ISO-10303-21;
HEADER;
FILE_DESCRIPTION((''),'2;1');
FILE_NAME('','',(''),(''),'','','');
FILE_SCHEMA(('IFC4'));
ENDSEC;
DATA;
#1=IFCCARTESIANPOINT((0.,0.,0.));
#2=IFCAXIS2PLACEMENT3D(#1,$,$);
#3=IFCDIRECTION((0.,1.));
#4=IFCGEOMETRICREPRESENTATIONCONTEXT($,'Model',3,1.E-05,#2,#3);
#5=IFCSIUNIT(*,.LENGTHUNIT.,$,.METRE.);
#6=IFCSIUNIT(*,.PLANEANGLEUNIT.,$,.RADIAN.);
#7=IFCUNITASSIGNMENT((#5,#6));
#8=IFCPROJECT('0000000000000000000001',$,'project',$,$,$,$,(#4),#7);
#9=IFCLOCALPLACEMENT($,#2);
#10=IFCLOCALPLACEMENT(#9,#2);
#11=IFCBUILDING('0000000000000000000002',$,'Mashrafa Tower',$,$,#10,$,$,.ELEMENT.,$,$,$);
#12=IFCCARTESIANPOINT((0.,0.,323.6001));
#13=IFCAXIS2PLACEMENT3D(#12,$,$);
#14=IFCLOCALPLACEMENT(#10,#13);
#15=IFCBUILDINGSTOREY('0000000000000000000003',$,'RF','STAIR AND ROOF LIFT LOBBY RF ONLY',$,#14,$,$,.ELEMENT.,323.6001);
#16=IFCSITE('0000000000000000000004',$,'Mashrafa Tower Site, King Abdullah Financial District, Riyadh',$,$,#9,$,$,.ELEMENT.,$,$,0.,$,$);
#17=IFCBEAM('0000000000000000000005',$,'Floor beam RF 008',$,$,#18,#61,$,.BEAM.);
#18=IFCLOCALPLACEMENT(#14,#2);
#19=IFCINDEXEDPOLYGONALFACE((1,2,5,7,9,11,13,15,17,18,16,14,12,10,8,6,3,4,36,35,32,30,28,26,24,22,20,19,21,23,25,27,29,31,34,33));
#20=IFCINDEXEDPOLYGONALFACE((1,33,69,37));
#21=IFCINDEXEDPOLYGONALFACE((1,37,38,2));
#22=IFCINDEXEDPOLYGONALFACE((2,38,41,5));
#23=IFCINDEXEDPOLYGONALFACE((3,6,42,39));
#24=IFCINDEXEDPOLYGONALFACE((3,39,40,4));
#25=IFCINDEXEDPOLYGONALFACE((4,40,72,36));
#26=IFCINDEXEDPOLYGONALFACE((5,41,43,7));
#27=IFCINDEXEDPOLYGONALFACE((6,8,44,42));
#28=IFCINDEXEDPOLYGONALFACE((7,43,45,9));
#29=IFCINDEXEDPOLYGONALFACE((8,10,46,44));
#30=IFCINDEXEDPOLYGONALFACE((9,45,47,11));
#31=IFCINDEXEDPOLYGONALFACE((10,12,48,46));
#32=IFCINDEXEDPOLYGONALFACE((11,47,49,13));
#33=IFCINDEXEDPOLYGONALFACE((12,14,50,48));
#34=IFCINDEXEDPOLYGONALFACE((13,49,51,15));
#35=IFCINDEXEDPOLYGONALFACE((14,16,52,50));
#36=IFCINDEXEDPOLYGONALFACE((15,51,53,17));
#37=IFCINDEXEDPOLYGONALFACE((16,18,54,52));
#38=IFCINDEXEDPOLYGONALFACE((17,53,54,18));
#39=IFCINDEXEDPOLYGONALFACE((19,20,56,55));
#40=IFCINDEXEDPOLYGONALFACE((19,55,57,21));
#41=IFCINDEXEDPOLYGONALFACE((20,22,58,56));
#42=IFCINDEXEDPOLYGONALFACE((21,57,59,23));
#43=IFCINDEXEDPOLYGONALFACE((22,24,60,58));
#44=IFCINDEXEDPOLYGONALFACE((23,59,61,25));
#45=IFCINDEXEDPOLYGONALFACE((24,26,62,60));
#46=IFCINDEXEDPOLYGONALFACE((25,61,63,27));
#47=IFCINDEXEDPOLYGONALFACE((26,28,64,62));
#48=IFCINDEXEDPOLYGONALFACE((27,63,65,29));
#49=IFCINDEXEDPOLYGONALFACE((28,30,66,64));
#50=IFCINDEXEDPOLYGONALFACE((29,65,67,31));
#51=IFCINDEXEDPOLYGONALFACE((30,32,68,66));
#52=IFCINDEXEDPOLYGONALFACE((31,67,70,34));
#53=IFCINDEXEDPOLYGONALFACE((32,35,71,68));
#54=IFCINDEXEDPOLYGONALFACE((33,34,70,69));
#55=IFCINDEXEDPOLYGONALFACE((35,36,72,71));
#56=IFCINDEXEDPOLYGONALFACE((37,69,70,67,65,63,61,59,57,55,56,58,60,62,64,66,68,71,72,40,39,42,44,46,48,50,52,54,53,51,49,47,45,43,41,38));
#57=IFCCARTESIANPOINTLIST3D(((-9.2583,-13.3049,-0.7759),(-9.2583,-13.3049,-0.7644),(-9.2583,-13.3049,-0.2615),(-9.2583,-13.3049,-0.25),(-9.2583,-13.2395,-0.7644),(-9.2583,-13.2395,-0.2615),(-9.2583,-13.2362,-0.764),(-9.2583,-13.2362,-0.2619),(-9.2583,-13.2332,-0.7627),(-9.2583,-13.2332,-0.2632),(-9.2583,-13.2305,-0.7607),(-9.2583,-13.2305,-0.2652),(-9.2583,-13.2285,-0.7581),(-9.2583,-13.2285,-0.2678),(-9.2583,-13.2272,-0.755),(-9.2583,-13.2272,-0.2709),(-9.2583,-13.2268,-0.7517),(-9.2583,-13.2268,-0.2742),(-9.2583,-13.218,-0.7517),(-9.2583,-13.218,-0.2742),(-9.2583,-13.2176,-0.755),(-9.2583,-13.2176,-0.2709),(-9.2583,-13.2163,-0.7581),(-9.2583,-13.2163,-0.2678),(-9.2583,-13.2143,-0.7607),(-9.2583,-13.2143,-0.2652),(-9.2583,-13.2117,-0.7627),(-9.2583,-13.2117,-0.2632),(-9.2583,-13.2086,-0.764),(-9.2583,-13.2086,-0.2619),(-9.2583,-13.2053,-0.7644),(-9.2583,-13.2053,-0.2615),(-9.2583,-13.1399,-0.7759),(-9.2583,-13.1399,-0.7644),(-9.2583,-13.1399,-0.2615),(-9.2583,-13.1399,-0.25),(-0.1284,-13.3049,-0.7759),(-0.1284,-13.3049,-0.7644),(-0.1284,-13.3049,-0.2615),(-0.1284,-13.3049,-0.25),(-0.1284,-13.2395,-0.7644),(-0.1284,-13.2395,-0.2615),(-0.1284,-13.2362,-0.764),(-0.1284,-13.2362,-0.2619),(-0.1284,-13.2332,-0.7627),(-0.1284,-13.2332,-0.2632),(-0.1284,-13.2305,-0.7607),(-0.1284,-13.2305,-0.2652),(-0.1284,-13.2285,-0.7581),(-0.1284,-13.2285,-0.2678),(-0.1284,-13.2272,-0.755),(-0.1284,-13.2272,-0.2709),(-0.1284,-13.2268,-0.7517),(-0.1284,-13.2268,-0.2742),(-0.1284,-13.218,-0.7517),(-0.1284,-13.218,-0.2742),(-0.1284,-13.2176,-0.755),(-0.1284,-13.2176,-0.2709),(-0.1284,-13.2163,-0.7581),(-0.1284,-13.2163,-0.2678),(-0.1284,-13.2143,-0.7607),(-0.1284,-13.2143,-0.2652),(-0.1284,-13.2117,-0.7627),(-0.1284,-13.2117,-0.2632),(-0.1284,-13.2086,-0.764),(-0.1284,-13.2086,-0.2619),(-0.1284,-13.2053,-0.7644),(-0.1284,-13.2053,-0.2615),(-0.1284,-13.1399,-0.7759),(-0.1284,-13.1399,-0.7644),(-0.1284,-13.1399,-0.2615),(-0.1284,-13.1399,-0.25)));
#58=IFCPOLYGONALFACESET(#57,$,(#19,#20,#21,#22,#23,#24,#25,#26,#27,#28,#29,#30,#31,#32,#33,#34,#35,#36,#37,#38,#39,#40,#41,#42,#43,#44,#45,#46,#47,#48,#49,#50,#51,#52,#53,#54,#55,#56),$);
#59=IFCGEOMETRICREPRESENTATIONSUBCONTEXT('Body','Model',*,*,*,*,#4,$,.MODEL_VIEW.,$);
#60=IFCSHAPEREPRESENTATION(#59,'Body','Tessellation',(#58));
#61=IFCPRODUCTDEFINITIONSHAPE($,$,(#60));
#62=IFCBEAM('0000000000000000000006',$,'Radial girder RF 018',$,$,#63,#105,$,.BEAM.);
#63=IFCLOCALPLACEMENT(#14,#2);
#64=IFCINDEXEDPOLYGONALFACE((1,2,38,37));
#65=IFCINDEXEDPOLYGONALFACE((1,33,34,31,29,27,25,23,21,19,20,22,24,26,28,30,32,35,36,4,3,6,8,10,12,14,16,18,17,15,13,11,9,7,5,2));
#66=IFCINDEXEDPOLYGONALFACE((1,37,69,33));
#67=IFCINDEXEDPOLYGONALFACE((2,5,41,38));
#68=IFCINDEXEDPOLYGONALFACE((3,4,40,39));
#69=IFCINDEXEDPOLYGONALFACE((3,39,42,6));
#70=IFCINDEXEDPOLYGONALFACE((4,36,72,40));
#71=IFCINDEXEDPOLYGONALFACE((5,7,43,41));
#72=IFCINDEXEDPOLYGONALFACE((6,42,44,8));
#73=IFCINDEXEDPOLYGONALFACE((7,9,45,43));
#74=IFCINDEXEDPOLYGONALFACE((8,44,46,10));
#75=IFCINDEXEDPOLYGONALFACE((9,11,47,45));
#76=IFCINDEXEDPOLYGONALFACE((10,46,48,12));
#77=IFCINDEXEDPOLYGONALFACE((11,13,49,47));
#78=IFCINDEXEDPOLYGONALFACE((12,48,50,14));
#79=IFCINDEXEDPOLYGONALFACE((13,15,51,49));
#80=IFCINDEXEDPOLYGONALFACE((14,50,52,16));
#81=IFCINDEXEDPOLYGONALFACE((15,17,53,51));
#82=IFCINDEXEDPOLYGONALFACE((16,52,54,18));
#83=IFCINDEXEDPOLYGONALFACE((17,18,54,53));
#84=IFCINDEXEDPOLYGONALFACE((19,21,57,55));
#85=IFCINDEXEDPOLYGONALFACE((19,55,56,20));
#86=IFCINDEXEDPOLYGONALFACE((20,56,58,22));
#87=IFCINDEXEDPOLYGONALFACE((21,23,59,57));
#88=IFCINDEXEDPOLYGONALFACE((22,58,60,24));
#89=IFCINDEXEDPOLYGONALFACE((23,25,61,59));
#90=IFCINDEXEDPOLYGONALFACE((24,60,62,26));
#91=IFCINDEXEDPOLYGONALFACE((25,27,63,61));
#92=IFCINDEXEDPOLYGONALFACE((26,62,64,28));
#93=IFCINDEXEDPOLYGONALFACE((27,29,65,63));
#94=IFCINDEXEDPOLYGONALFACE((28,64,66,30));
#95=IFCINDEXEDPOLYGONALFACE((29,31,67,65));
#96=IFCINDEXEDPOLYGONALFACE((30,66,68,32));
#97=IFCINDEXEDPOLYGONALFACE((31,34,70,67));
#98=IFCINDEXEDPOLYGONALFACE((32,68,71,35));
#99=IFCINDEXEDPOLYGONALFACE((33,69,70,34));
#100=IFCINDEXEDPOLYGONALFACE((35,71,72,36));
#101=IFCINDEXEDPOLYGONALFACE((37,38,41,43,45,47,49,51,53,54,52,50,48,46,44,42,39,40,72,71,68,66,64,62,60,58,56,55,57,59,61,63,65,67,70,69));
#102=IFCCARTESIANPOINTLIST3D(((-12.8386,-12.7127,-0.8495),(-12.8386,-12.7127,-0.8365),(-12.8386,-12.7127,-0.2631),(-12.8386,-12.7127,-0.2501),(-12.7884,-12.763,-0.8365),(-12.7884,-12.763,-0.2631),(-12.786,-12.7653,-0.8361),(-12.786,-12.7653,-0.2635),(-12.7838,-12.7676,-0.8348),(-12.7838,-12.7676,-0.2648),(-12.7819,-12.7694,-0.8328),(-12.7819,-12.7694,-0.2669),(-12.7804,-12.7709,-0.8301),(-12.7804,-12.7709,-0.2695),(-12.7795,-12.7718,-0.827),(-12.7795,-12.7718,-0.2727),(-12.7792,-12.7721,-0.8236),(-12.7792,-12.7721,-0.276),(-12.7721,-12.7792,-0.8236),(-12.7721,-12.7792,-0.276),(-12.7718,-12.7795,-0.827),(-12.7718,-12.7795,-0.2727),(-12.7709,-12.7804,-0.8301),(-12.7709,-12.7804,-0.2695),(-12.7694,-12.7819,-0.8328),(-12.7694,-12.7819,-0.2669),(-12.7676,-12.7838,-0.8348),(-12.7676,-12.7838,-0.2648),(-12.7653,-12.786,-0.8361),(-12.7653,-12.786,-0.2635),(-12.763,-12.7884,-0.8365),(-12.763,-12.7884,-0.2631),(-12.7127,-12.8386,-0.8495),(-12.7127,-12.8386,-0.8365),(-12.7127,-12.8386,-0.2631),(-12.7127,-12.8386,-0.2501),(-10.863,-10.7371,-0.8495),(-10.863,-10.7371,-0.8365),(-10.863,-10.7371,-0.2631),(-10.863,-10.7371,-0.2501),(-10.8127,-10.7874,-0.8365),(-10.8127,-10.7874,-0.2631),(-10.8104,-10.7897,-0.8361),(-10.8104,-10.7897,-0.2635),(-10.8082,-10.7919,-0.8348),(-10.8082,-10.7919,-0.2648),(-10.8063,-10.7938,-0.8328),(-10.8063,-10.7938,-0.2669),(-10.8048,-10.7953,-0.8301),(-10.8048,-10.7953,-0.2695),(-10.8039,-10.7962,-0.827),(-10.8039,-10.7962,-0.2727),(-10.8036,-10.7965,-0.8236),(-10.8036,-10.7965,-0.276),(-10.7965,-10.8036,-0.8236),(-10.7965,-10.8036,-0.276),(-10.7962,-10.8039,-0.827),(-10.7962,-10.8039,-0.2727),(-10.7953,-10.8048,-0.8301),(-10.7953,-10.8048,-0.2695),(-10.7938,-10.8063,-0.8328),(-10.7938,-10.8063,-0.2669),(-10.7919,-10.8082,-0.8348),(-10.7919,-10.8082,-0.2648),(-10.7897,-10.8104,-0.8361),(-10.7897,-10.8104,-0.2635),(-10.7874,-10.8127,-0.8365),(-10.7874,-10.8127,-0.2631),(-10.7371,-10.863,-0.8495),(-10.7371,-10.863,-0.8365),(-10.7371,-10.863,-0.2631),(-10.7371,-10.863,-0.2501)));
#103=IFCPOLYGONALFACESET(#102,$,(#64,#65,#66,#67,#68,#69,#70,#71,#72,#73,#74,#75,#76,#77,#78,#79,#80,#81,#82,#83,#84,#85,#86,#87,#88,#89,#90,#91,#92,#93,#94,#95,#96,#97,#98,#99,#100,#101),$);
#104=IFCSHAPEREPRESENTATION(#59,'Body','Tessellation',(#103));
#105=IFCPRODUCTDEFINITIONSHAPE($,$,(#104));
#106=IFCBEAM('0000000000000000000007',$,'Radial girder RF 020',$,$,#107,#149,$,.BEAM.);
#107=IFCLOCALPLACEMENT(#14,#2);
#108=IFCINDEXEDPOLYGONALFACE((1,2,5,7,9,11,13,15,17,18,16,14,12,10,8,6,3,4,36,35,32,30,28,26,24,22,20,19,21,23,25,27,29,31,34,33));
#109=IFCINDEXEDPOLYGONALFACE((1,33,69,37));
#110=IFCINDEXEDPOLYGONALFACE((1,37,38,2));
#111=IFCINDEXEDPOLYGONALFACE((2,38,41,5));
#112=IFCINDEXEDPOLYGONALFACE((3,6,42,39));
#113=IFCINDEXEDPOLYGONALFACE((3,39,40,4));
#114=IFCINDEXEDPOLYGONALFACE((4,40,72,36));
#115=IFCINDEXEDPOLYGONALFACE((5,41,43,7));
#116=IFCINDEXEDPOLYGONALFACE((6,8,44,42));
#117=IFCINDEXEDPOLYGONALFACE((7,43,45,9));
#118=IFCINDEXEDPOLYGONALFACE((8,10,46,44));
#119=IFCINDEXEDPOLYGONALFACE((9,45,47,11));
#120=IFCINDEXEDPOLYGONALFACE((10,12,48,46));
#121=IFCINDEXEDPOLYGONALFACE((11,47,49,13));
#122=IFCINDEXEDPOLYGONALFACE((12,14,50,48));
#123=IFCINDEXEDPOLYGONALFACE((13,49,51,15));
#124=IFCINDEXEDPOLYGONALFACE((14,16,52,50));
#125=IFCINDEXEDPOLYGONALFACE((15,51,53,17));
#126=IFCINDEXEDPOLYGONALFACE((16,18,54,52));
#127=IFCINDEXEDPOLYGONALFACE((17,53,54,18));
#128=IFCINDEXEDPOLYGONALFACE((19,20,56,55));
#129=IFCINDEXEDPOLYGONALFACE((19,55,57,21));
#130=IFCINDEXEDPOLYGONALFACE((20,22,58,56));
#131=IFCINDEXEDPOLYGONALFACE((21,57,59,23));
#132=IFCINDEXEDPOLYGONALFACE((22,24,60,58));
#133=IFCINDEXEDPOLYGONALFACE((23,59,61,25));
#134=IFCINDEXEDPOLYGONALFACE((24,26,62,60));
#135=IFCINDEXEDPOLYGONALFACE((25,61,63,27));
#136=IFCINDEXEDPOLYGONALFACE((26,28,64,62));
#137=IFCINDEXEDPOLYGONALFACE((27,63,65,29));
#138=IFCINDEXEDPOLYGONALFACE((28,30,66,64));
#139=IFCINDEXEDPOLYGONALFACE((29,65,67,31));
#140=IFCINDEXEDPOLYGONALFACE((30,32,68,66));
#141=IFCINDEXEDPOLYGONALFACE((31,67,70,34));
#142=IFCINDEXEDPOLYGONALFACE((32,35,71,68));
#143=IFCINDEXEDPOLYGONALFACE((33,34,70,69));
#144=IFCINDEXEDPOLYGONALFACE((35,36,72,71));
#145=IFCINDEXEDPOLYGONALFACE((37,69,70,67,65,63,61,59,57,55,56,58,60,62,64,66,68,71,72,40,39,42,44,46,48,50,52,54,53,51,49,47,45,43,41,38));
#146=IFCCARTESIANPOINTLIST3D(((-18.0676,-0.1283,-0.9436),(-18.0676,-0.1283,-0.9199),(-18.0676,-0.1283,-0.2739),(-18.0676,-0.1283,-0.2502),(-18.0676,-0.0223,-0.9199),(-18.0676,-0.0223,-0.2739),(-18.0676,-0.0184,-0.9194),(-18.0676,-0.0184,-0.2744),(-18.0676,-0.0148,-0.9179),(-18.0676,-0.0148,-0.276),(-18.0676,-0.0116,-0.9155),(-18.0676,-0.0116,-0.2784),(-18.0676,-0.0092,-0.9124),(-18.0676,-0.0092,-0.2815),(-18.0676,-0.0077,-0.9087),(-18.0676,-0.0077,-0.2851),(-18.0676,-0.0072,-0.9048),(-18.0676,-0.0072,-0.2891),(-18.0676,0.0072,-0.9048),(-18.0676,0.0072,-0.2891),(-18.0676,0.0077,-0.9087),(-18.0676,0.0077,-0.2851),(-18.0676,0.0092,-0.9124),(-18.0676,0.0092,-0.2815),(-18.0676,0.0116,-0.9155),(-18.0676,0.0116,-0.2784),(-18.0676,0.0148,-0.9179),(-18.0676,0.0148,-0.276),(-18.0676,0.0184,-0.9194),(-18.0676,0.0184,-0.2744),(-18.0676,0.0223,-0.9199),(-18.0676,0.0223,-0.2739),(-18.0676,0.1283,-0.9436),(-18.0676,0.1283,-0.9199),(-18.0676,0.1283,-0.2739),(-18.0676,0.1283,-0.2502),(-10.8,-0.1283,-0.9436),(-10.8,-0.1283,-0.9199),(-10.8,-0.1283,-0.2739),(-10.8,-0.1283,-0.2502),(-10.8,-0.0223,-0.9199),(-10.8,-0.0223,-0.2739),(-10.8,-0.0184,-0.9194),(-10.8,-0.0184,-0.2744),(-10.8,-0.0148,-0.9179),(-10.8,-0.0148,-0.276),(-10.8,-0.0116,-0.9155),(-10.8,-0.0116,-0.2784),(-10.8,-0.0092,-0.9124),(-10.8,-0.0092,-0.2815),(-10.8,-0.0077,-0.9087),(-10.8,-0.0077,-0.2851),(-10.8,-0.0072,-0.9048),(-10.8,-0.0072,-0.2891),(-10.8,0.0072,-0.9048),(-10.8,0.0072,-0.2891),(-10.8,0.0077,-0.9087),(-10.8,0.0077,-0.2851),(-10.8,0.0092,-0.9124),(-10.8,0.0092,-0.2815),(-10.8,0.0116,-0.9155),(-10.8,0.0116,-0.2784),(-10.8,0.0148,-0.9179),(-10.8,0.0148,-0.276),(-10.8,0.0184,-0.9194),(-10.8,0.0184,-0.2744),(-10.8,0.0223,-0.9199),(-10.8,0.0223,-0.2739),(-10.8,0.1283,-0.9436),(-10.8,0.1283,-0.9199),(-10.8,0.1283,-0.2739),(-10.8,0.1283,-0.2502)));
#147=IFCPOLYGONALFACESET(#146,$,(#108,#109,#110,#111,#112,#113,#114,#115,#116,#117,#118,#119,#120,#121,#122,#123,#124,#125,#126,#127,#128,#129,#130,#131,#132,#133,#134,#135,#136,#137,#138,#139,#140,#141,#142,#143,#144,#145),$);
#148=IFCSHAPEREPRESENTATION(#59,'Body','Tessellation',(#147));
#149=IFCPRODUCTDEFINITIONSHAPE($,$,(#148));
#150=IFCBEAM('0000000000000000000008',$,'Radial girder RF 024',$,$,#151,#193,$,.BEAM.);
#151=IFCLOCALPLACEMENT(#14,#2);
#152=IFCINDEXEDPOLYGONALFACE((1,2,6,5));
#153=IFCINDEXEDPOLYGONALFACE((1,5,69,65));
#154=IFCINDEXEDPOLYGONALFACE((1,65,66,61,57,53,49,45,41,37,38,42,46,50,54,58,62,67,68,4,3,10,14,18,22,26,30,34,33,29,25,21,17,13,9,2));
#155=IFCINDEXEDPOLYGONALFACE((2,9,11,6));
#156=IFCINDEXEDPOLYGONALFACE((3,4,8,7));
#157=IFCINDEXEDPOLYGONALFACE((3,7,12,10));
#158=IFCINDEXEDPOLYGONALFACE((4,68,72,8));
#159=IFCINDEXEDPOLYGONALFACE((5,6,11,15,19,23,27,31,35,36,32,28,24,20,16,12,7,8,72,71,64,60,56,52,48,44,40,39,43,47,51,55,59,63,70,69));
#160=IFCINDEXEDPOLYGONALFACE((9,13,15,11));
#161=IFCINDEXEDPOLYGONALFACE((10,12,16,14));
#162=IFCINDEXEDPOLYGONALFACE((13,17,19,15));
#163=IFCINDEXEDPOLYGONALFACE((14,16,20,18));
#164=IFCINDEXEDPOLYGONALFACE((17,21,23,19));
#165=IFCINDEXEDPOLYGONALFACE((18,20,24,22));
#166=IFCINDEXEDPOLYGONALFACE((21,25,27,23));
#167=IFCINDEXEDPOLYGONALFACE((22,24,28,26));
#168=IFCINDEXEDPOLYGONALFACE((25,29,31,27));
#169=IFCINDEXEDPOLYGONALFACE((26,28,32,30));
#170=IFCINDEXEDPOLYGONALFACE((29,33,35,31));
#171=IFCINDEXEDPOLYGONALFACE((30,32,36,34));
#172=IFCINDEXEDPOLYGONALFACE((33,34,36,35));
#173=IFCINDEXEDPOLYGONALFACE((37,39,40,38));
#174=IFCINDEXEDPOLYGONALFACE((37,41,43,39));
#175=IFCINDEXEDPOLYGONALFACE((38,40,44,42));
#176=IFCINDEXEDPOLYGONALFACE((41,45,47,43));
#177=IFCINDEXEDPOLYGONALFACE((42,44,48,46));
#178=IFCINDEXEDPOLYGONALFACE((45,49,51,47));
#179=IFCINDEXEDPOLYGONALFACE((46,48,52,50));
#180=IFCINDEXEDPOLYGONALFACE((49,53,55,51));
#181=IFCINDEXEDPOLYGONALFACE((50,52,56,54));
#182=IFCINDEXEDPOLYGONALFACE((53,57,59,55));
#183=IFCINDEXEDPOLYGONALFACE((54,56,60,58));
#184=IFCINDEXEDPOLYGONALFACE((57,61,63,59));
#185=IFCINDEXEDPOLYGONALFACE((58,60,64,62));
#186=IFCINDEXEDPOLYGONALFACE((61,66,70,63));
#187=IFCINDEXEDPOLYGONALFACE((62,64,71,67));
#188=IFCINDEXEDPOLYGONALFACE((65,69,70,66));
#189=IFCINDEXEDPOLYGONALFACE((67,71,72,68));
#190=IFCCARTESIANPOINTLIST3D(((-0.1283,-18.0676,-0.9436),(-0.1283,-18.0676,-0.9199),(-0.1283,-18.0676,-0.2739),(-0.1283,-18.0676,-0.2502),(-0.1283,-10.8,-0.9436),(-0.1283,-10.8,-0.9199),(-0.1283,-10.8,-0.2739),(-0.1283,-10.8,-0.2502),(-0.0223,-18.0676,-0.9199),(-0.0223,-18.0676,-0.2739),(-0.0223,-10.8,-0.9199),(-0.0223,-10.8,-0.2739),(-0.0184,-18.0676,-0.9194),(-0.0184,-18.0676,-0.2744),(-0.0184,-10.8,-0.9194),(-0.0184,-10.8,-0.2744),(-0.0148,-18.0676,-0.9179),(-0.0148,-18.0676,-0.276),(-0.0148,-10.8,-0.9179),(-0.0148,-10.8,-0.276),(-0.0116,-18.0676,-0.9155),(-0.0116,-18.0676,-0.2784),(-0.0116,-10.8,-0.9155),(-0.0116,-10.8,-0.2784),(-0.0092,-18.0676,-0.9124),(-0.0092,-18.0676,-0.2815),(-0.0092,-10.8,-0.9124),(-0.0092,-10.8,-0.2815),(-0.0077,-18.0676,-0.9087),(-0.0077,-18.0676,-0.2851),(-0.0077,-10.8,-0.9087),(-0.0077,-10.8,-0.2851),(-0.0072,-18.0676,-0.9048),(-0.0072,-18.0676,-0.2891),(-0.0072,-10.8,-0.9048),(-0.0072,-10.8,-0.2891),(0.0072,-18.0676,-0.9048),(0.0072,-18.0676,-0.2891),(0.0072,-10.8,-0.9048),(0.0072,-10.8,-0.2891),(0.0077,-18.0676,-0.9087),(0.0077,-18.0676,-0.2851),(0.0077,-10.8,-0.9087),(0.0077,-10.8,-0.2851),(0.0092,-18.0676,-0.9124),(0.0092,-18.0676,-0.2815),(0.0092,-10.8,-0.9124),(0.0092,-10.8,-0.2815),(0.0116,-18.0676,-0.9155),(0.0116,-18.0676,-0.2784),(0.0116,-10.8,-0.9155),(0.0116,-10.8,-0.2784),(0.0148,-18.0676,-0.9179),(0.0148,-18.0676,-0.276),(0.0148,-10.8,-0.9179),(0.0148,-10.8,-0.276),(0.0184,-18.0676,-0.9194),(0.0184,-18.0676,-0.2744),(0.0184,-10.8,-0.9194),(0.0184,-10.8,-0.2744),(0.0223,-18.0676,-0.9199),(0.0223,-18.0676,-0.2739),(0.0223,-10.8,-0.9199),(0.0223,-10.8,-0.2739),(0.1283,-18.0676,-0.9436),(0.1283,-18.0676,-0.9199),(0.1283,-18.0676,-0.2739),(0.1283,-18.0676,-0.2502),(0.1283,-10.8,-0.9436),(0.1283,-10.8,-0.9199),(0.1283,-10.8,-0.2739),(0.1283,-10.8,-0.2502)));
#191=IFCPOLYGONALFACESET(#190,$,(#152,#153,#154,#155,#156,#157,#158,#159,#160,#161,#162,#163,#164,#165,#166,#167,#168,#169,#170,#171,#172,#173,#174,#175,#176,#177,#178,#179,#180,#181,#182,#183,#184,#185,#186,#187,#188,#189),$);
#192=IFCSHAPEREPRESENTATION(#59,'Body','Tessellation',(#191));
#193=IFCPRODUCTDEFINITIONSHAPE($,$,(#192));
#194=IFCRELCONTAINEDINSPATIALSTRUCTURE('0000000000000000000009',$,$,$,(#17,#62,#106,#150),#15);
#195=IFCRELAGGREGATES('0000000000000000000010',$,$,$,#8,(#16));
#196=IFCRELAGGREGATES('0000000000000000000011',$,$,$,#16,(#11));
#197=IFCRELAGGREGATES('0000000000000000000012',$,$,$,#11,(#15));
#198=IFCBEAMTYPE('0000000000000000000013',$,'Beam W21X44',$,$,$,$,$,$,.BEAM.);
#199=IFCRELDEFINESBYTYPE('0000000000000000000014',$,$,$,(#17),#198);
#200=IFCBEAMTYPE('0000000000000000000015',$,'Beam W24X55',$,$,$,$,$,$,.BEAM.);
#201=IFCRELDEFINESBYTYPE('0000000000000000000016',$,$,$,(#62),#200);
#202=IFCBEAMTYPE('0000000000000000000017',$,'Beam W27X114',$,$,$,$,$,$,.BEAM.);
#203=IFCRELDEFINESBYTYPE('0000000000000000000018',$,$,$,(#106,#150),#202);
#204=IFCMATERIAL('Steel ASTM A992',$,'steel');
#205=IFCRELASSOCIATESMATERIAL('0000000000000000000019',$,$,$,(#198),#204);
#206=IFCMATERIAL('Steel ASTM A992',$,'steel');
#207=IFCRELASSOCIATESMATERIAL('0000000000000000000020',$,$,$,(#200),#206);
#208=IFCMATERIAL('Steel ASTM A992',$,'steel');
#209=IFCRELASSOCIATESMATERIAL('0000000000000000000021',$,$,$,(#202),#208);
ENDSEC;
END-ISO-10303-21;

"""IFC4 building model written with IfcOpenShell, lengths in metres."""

from ifc_helpers import new_model, si_unit, direction, frame, origin, origin_2d, place, context, subcontext, project, spatial, i_section, extrude, material, material_profile, profile_set, type_object, element, save


model = new_model("IFC4")

# Units and contexts
model_context = context("Model", 3, precision=1e-05, world=origin(), true_north=direction((0.0, 1.0)))
body_context = subcontext(model_context, "Body", "Model", "MODEL_VIEW")
ifc_project = project(units=[si_unit("LENGTHUNIT", "METRE"), si_unit("PLANEANGLEUNIT", "RADIAN")], contexts=[model_context])

# Site, building, storey
site_placement = place(None, origin())
site = spatial("IfcSite", under=ifc_project, at=site_placement, Name="Mashrafa Tower Site, King Abdullah Financial District, Riyadh", CompositionType="ELEMENT", RefElevation=0.0)
building_placement = place(site_placement, origin())
building = spatial("IfcBuilding", under=site, at=building_placement, Name="Mashrafa Tower", CompositionType="ELEMENT")
storey_placement = place(building_placement, frame((0.0, 0.0, 323.6001)))
storey = spatial("IfcBuildingStorey", under=building, at=storey_placement, Name="RF", Description="STAIR AND ROOF LIFT LOBBY RF ONLY", CompositionType="ELEMENT", Elevation=323.6001)

# Beams
ifc_material_1 = material(Name="Steel ASTM A992", Category="steel")
ifc_material_profile_1 = material_profile(ifc_material_1, i_section(OverallWidth=0.165, OverallDepth=0.5259, WebThickness=0.0088, FlangeThickness=0.0115, FilletRadius=0.0127, at=origin_2d()), Name="W21X44")
ifc_profile_set_1 = profile_set([ifc_material_profile_1], Name="Steel ASTM A992")
beam_type_1 = type_object("IfcBeamType", Name="Beam W21X44", PredefinedType="BEAM", material=ifc_profile_set_1)
beam_1_placement = place(storey_placement, frame((-0.1284, -13.2224, -0.5129), z_axis=(-1.0, 0.0, 0.0), x_axis=(0.0, -1.0, 0.0)))
element("IfcBeam", 1, at=beam_1_placement, inside=storey, type_object=beam_type_1, Name="Floor beam RF 008", PredefinedType="BEAM", context=body_context, shape_type="SweptSolid", body=[
    extrude(i_section(OverallWidth=0.165, OverallDepth=0.5259, WebThickness=0.0088, FlangeThickness=0.0115, FilletRadius=0.0127, at=origin_2d()), origin(), (0.0, 0.0, 1.0), 9.1299),
])
ifc_material_2 = material(Name="Steel ASTM A992", Category="steel")
ifc_material_profile_2 = material_profile(ifc_material_2, i_section(OverallWidth=0.178, OverallDepth=0.5994, WebThickness=0.01, FlangeThickness=0.0129, FilletRadius=0.0129, at=origin_2d()), Name="W24X55")
ifc_profile_set_2 = profile_set([ifc_material_profile_2], Name="Steel ASTM A992")
beam_type_2 = type_object("IfcBeamType", Name="Beam W24X55", PredefinedType="BEAM", material=ifc_profile_set_2)
beam_2_placement = place(storey_placement, frame((-10.8, -10.8, -0.5498), z_axis=(-0.707107, -0.707107, 0.0), x_axis=(0.707107, -0.707107, 0.0)))
element("IfcBeam", 2, at=beam_2_placement, inside=storey, type_object=beam_type_2, Name="Radial girder RF 018", PredefinedType="BEAM", context=body_context, shape_type="SweptSolid", body=[
    extrude(i_section(OverallWidth=0.178, OverallDepth=0.5994, WebThickness=0.01, FlangeThickness=0.0129, FilletRadius=0.0129, at=origin_2d()), origin(), (0.0, 0.0, 1.0), 2.7939),
])
ifc_material_3 = material(Name="Steel ASTM A992", Category="steel")
ifc_material_profile_3 = material_profile(ifc_material_3, i_section(OverallWidth=0.2566, OverallDepth=0.6934, WebThickness=0.0144, FlangeThickness=0.0237, FilletRadius=0.0151, at=origin_2d()), Name="W27X114")
ifc_profile_set_3 = profile_set([ifc_material_profile_3], Name="Steel ASTM A992")
beam_type_3 = type_object("IfcBeamType", Name="Beam W27X114", PredefinedType="BEAM", material=ifc_profile_set_3)
for number, where, z_axis, x_axis, name in (
    (3, (-10.8, 0.0, -0.5969), (-1.0, 0.0, 0.0), (0.0, -1.0, 0.0), "Radial girder RF 020"),
    (4, (0.0, -10.8, -0.5969), (0.0, -1.0, 0.0), (1.0, 0.0, 0.0), "Radial girder RF 024"),
):
    element("IfcBeam", number, at=place(storey_placement, frame(where, z_axis=z_axis, x_axis=x_axis)), inside=storey, type_object=beam_type_3, Name=name, PredefinedType="BEAM", context=body_context, shape_type="SweptSolid", body=[
        extrude(i_section(OverallWidth=0.2566, OverallDepth=0.6934, WebThickness=0.0144, FlangeThickness=0.0237, FilletRadius=0.0151, at=origin_2d()), origin(), (0.0, 0.0, 1.0), 7.2676),
    ])

save(model, "model.ifc")
